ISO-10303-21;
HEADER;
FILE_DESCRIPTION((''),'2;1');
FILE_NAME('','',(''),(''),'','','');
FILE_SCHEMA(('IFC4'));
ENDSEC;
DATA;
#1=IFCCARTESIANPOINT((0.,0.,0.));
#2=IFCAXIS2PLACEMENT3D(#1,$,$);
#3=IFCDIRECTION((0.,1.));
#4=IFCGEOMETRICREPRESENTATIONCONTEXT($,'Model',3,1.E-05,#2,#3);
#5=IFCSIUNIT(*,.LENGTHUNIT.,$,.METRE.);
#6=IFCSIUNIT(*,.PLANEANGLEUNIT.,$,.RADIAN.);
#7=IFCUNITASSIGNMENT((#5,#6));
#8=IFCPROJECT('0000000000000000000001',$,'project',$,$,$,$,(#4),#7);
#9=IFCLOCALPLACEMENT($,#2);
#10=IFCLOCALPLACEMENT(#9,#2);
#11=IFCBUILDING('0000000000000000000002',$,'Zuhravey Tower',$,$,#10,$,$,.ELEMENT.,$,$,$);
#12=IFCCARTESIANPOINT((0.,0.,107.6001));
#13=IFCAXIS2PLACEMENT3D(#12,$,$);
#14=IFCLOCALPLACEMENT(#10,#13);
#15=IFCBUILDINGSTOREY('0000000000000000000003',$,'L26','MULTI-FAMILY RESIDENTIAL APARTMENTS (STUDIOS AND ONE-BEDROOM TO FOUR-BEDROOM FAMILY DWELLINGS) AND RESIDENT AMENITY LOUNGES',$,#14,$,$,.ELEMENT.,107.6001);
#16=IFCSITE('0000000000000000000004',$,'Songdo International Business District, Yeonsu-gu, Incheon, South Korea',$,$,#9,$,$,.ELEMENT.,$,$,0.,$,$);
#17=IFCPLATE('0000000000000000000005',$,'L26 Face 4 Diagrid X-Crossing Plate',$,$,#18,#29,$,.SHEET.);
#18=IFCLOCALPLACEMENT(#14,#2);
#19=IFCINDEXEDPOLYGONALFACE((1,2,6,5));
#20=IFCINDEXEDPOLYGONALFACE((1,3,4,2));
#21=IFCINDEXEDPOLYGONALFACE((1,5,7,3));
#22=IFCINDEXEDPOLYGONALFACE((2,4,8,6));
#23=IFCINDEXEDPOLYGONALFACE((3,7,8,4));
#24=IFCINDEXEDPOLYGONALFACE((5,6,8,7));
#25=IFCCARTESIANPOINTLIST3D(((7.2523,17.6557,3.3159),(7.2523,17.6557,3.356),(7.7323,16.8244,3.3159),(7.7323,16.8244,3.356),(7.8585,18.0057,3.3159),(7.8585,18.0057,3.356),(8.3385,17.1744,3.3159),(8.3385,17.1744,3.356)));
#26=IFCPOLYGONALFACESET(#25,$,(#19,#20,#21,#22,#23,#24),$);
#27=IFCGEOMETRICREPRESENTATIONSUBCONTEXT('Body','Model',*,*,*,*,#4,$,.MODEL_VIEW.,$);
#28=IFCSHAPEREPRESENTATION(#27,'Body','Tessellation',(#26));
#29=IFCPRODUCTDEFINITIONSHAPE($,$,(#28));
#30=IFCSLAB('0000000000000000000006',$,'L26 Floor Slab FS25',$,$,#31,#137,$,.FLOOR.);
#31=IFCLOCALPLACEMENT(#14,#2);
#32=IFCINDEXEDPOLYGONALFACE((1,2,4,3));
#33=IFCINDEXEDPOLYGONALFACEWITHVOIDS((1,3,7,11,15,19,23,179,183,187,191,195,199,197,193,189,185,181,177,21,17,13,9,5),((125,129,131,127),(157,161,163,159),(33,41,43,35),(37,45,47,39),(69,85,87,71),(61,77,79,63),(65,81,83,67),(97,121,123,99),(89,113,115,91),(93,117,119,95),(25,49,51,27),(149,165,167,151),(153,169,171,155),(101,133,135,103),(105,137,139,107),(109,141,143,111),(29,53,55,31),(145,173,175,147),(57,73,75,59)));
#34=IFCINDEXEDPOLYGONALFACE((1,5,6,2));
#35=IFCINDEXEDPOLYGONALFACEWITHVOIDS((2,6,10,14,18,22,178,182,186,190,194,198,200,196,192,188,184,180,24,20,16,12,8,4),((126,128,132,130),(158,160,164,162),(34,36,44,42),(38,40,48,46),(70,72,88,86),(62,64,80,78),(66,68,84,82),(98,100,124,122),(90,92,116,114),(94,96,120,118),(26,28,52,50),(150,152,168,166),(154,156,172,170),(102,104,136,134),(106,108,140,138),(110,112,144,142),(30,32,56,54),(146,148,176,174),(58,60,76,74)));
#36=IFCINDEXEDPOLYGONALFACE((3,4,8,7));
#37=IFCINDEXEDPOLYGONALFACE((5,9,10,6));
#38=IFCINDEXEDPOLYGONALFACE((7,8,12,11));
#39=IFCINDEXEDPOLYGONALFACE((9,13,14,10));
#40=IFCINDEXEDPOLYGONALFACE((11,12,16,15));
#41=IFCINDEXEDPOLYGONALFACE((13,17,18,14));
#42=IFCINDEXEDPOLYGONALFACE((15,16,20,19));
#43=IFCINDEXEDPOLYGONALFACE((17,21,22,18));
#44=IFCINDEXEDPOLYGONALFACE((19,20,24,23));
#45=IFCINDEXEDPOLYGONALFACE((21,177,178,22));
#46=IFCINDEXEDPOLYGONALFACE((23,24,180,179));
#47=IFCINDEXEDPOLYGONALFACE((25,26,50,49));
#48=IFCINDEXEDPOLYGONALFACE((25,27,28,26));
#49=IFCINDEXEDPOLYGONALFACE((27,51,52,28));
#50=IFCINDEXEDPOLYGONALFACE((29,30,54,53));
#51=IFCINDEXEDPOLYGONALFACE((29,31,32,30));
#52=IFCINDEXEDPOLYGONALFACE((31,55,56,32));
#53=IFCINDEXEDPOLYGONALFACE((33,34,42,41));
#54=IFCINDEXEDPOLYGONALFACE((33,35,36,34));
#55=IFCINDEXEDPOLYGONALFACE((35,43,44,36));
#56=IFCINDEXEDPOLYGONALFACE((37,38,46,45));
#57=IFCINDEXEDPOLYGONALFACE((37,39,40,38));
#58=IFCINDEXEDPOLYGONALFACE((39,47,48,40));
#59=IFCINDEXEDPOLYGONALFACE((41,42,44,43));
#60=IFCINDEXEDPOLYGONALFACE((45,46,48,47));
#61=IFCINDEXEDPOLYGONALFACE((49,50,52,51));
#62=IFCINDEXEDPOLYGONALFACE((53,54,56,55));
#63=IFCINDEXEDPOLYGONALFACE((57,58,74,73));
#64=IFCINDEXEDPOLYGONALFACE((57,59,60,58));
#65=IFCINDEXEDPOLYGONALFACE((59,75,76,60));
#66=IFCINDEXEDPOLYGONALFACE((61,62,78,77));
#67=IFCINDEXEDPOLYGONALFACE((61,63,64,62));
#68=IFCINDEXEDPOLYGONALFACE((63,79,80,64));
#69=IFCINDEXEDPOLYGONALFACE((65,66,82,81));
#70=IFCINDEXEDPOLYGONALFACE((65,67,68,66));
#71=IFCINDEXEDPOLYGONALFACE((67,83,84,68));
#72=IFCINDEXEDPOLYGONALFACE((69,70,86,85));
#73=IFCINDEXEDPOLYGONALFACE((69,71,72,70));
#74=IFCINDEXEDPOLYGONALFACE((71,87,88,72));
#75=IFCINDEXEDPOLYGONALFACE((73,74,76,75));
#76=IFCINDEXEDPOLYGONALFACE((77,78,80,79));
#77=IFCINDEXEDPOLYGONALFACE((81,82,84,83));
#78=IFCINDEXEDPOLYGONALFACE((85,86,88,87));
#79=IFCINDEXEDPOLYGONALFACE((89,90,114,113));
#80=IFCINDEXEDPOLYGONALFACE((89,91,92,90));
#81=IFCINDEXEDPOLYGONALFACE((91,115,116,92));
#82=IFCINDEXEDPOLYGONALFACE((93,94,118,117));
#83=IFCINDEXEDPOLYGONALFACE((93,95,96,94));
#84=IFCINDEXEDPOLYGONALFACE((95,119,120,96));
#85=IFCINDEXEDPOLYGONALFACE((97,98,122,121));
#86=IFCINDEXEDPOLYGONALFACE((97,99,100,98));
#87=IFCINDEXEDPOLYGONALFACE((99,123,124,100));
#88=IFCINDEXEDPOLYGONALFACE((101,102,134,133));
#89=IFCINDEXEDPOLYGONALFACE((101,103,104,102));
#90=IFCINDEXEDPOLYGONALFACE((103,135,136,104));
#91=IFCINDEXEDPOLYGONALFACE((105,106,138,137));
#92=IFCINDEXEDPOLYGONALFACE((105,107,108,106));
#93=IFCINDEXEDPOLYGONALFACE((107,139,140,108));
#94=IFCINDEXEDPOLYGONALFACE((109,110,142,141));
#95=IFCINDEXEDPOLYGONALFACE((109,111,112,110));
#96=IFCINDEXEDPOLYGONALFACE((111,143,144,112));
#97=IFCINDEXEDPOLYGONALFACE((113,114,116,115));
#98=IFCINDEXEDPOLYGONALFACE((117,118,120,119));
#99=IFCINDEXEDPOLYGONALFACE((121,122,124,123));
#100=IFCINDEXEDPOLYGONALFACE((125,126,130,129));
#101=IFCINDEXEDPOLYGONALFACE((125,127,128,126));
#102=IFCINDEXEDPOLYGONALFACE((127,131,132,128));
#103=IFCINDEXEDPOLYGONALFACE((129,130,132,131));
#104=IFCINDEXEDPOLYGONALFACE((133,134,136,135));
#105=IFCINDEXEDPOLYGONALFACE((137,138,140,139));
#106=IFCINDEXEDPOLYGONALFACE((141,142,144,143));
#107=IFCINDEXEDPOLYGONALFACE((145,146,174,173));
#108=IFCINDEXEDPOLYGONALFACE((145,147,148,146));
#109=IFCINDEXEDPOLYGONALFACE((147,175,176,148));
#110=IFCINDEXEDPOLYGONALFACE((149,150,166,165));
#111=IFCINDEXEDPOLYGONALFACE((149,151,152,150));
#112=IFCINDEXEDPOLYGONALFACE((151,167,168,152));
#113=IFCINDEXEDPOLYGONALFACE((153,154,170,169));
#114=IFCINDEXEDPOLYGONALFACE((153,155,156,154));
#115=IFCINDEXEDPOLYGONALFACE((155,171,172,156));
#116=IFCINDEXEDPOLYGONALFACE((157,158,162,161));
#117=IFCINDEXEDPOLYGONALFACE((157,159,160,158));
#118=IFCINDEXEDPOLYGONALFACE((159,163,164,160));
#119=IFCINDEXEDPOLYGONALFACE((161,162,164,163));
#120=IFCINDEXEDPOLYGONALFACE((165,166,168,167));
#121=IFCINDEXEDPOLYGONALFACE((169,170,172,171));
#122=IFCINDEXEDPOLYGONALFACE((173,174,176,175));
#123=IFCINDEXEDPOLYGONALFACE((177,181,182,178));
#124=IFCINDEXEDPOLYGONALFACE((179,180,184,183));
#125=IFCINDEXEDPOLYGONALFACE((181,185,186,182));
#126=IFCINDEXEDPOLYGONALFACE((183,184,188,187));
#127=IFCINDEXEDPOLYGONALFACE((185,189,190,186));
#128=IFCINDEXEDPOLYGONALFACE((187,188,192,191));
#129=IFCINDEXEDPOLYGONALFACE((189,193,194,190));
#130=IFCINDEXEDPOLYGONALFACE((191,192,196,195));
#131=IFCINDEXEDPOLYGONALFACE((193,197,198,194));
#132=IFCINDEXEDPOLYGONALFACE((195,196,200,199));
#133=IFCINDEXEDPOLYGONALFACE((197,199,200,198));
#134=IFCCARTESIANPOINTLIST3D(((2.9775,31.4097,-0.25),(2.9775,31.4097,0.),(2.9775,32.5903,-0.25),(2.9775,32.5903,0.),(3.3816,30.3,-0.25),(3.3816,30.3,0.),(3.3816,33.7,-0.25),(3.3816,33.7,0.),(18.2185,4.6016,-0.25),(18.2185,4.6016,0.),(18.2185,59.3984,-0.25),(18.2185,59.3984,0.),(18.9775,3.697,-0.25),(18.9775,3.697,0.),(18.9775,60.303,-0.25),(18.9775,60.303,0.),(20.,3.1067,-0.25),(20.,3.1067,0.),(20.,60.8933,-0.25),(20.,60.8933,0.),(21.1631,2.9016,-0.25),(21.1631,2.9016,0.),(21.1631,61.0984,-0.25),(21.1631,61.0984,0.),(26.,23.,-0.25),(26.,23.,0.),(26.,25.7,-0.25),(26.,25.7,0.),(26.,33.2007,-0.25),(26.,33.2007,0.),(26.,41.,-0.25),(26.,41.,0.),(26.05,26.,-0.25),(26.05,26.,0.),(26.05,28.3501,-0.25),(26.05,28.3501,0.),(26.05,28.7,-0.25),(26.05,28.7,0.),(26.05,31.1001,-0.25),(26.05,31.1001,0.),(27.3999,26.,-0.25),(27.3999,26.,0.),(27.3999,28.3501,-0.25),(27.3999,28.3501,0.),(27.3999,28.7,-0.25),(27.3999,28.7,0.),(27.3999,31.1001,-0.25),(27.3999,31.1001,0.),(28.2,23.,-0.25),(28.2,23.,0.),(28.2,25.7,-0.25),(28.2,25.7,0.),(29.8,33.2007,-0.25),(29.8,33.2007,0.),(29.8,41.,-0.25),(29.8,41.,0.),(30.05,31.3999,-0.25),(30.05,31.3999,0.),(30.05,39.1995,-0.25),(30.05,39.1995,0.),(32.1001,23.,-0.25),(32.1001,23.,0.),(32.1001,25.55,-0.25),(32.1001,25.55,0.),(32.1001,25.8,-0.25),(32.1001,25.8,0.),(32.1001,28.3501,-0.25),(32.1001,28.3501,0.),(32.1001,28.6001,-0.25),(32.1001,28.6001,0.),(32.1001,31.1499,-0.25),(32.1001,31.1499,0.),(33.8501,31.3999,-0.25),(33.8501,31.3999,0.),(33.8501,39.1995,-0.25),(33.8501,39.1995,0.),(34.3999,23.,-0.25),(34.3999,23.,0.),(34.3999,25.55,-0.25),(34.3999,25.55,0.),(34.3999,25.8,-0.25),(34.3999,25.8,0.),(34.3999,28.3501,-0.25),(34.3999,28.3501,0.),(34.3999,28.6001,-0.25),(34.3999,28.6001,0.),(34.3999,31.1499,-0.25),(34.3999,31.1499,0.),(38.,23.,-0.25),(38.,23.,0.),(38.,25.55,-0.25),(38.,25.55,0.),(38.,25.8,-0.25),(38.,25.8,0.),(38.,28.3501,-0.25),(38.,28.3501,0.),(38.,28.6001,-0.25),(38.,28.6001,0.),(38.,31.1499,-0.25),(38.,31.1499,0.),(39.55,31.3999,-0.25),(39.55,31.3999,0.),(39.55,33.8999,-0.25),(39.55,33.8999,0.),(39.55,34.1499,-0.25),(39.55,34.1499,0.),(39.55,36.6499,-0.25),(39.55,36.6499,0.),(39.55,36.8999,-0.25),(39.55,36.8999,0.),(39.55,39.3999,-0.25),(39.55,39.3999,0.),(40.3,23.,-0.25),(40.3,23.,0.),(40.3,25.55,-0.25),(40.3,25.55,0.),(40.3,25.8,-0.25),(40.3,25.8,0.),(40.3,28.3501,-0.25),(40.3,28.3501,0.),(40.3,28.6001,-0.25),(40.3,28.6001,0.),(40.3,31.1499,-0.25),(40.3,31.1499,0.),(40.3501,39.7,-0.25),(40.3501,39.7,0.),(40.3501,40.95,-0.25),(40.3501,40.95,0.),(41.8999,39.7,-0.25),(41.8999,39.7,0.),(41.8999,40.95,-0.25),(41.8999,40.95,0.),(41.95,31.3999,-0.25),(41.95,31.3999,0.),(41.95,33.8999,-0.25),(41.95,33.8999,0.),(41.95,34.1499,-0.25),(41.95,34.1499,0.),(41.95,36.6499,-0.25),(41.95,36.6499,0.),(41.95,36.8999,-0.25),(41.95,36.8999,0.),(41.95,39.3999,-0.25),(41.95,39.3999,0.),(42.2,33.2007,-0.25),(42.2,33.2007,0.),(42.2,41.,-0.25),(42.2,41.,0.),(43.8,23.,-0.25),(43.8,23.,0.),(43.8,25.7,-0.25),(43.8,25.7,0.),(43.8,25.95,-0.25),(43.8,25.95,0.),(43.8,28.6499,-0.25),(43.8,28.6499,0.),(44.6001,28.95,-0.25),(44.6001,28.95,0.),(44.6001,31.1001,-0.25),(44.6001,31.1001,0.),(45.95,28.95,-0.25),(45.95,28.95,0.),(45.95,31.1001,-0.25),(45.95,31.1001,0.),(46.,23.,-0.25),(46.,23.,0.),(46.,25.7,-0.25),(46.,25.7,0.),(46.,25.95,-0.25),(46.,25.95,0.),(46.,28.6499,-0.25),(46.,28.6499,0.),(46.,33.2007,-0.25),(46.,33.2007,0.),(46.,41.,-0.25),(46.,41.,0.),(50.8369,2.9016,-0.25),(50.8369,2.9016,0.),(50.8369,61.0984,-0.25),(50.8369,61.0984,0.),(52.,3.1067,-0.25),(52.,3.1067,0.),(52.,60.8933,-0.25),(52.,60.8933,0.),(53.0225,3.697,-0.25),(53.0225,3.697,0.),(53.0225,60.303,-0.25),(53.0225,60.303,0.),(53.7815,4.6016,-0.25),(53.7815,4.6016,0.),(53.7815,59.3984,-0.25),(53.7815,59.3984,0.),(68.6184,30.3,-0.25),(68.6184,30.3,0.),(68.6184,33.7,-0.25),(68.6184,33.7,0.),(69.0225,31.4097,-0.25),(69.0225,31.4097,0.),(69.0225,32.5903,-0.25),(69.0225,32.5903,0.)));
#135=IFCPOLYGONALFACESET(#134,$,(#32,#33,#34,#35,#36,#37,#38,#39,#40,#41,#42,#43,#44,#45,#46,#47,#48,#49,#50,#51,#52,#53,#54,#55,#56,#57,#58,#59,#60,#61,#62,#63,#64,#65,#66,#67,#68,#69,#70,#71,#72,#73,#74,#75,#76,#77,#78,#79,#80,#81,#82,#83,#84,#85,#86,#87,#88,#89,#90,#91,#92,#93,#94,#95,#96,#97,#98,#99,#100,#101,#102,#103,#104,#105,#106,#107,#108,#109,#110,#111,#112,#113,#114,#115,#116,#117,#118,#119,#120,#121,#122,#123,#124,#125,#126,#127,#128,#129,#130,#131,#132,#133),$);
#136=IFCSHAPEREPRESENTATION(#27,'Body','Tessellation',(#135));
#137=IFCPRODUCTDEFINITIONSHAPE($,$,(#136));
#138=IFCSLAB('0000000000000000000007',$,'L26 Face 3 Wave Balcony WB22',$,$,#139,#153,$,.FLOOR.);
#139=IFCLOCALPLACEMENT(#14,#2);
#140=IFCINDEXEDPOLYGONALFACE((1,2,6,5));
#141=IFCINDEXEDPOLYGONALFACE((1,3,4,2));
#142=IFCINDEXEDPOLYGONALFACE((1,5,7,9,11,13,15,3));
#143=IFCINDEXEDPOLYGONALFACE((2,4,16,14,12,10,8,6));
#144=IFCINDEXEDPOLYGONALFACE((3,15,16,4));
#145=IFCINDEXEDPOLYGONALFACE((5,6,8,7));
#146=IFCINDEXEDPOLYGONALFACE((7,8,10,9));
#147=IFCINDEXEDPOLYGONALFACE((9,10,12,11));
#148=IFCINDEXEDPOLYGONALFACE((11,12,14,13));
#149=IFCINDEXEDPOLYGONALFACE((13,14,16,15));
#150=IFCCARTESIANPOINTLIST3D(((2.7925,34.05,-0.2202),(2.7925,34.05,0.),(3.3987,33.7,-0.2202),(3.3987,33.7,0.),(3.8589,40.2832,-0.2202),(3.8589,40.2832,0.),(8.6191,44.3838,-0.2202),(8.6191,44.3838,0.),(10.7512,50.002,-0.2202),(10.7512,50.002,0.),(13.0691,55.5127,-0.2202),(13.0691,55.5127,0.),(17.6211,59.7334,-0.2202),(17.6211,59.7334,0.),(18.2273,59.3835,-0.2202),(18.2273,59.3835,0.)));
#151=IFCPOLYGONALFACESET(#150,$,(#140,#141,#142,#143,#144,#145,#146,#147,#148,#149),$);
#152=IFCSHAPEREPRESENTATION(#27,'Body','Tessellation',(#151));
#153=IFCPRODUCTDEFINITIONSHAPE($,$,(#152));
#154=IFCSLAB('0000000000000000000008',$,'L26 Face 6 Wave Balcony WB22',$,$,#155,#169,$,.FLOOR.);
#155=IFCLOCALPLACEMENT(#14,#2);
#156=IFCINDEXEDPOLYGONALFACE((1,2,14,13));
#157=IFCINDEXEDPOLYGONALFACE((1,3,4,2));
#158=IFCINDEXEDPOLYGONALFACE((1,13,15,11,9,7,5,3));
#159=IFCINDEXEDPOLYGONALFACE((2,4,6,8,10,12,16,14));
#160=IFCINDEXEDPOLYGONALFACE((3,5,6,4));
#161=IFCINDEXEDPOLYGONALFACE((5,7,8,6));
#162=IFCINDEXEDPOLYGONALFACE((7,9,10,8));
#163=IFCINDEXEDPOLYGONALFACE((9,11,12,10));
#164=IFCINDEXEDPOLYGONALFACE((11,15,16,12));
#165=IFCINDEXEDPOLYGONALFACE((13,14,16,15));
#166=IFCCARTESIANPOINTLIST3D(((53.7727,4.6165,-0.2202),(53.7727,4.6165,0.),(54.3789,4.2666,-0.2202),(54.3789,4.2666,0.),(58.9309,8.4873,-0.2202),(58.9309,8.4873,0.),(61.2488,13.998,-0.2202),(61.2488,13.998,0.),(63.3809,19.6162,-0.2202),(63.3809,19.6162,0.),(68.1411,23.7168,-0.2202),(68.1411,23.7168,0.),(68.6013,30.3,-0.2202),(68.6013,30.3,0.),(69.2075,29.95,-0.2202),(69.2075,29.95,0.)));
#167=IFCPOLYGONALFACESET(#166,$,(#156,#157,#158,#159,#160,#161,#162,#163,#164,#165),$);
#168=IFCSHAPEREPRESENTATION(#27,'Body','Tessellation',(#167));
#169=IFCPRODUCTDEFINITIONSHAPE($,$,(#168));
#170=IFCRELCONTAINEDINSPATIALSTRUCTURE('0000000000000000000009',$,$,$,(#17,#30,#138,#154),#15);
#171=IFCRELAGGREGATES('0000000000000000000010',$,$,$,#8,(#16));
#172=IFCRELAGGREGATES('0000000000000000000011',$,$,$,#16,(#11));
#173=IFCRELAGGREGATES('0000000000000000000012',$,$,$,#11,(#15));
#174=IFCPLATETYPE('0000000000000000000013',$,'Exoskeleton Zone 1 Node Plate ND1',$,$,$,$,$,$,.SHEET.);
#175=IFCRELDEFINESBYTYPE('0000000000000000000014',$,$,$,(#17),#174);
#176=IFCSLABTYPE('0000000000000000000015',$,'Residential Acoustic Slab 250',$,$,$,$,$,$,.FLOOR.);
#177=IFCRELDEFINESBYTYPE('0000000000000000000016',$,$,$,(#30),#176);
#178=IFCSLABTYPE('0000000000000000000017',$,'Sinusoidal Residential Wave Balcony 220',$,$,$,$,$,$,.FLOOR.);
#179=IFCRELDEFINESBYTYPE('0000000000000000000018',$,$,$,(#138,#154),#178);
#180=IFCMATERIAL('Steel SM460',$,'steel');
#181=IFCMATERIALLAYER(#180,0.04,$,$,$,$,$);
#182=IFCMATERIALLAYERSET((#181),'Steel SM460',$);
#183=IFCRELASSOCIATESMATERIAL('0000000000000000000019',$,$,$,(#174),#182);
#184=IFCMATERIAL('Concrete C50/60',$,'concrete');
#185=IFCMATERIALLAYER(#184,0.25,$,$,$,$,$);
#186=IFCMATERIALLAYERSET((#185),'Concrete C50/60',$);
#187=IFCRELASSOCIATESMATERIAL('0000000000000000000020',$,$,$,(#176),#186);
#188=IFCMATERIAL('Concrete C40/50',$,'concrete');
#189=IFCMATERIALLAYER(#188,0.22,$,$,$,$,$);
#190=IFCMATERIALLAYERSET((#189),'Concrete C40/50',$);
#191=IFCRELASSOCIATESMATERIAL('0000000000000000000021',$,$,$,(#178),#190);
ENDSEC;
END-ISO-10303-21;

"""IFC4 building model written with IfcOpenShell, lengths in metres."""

from ifc_helpers import new_model, si_unit, direction, frame, origin, origin_2d, place, context, subcontext, project, spatial, polyline, rectangle, outline, extrude, material, layer, layer_set, type_object, element, save


model = new_model("IFC4")

# Units and contexts
model_context = context("Model", 3, precision=1e-05, world=origin(), true_north=direction((0.0, 1.0)))
body_context = subcontext(model_context, "Body", "Model", "MODEL_VIEW")
ifc_project = project(units=[si_unit("LENGTHUNIT", "METRE"), si_unit("PLANEANGLEUNIT", "RADIAN")], contexts=[model_context])

# Site, building, storey
site_placement = place(None, origin())
site = spatial("IfcSite", under=ifc_project, at=site_placement, Name="Songdo International Business District, Yeonsu-gu, Incheon, South Korea", CompositionType="ELEMENT", RefElevation=0.0)
building_placement = place(site_placement, origin())
building = spatial("IfcBuilding", under=site, at=building_placement, Name="Zuhravey Tower", CompositionType="ELEMENT")
storey_placement = place(building_placement, frame((0.0, 0.0, 107.6001)))
storey = spatial("IfcBuildingStorey", under=building, at=storey_placement, Name="L26", Description="MULTI-FAMILY RESIDENTIAL APARTMENTS (STUDIOS AND ONE-BEDROOM TO FOUR-BEDROOM FAMILY DWELLINGS) AND RESIDENT AMENITY LOUNGES", CompositionType="ELEMENT", Elevation=107.6001)

# Shared definitions
ifc_material_1 = material(Name="Steel SM460", Category="steel")

# Plate
ifc_layer_1 = layer(ifc_material_1, 0.04)
ifc_layer_set_1 = layer_set([ifc_layer_1], Name="Steel SM460")
plate_type_1 = type_object("IfcPlateType", Name="Exoskeleton Zone 1 Node Plate ND1", PredefinedType="SHEET", material=ifc_layer_set_1)
for number, where, z_axis, x_axis, name in (
    (1, (7.7954, 17.415, 3.3159), (0.0, 0.0, 1.0), (0.5, -0.866025, 0.0), "L26 Face 4 Diagrid X-Crossing Plate"),
):
    element("IfcPlate", number, at=place(storey_placement, frame(where, z_axis=z_axis, x_axis=x_axis)), inside=storey, type_object=plate_type_1, Name=name, PredefinedType="SHEET", context=body_context, shape_type="SweptSolid", body=[
        extrude(rectangle(XDim=0.96, YDim=0.7, at=origin_2d()), origin(), (0.0, 0.0, 1.0), 0.04),
    ])

# Slabs
ifc_material_2 = material(Name="Concrete C50/60", Category="concrete")
ifc_layer_2 = layer(ifc_material_2, 0.25)
ifc_layer_set_2 = layer_set([ifc_layer_2], Name="Concrete C50/60")
slab_type_1 = type_object("IfcSlabType", Name="Residential Acoustic Slab 250", PredefinedType="FLOOR", material=ifc_layer_set_2)
slab_1_placement = place(storey_placement, frame((0.0, 0.0, -0.25)))
element("IfcSlab", 2, at=slab_1_placement, inside=storey, type_object=slab_type_1, Name="L26 Floor Slab FS25", PredefinedType="FLOOR", context=body_context, shape_type="SweptSolid", body=[
    extrude(outline(polyline([(68.6184, 30.3), (69.0225, 31.4097), (69.0225, 32.5903), (68.6184, 33.7), (53.7815, 59.3984), (53.0225, 60.303), (52.0, 60.8933), (50.8369, 61.0984), (21.1631, 61.0984), (20.0, 60.8933), (18.9775, 60.303), (18.2185, 59.3984), (3.3816, 33.7), (2.9775, 32.5903), (2.9775, 31.4097), (3.3816, 30.3), (18.2185, 4.6016), (18.9775, 3.697), (20.0, 3.1067), (21.1631, 2.9016), (50.8369, 2.9016), (52.0, 3.1067), (53.0225, 3.697), (53.7815, 4.6016), (68.6184, 30.3)]), holes=[polyline([(29.8, 33.2007), (29.8, 41.0), (26.0, 41.0), (26.0, 33.2007), (29.8, 33.2007)]), polyline([(46.0, 33.2007), (46.0, 41.0), (42.2, 41.0), (42.2, 33.2007), (46.0, 33.2007)]), polyline([(30.05, 39.1995), (30.05, 31.3999), (33.8501, 31.3999), (33.8501, 39.1995), (30.05, 39.1995)]), polyline([(32.1001, 23.0), (34.3999, 23.0), (34.3999, 25.55), (32.1001, 25.55), (32.1001, 23.0)]), polyline([(32.1001, 25.8), (34.3999, 25.8), (34.3999, 28.3501), (32.1001, 28.3501), (32.1001, 25.8)]), polyline([(32.1001, 28.6001), (34.3999, 28.6001), (34.3999, 31.1499), (32.1001, 31.1499), (32.1001, 28.6001)]), polyline([(38.0, 23.0), (40.3, 23.0), (40.3, 25.55), (38.0, 25.55), (38.0, 23.0)]), polyline([(38.0, 25.8), (40.3, 25.8), (40.3, 28.3501), (38.0, 28.3501), (38.0, 25.8)]), polyline([(38.0, 28.6001), (40.3, 28.6001), (40.3, 31.1499), (38.0, 31.1499), (38.0, 28.6001)]), polyline([(39.55, 31.3999), (41.95, 31.3999), (41.95, 33.8999), (39.55, 33.8999), (39.55, 31.3999)]), polyline([(39.55, 34.1499), (41.95, 34.1499), (41.95, 36.6499), (39.55, 36.6499), (39.55, 34.1499)]), polyline([(39.55, 36.8999), (41.95, 36.8999), (41.95, 39.3999), (39.55, 39.3999), (39.55, 36.8999)]), polyline([(26.0, 23.0), (28.2, 23.0), (28.2, 25.7), (26.0, 25.7), (26.0, 23.0)]), polyline([(43.8, 23.0), (46.0, 23.0), (46.0, 25.7), (43.8, 25.7), (43.8, 23.0)]), polyline([(43.8, 25.95), (46.0, 25.95), (46.0, 28.6499), (43.8, 28.6499), (43.8, 25.95)]), polyline([(26.05, 26.0), (27.3999, 26.0), (27.3999, 28.3501), (26.05, 28.3501), (26.05, 26.0)]), polyline([(26.05, 28.7), (27.3999, 28.7), (27.3999, 31.1001), (26.05, 31.1001), (26.05, 28.7)]), polyline([(44.6001, 28.95), (45.95, 28.95), (45.95, 31.1001), (44.6001, 31.1001), (44.6001, 28.95)]), polyline([(40.3501, 39.7), (41.8999, 39.7), (41.8999, 40.95), (40.3501, 40.95), (40.3501, 39.7)])]), origin(), (0.0, 0.0, 1.0), 0.25),
])
ifc_material_3 = material(Name="Concrete C40/50", Category="concrete")
ifc_layer_3 = layer(ifc_material_3, 0.22)
ifc_layer_set_3 = layer_set([ifc_layer_3], Name="Concrete C40/50")
slab_type_2 = type_object("IfcSlabType", Name="Sinusoidal Residential Wave Balcony 220", PredefinedType="FLOOR", material=ifc_layer_set_3)
slab_2_placement = place(storey_placement, frame((0.0, 0.0, -0.2202)))
element("IfcSlab", 3, at=slab_2_placement, inside=storey, type_object=slab_type_2, Name="L26 Face 3 Wave Balcony WB22", PredefinedType="FLOOR", context=body_context, shape_type="SweptSolid", body=[
    extrude(outline(polyline([(18.2273, 59.3835), (3.3987, 33.7), (2.7925, 34.05), (3.8589, 40.2832), (8.6191, 44.3838), (10.7512, 50.002), (13.0691, 55.5127), (17.6211, 59.7334), (18.2273, 59.3835)])), origin(), (0.0, 0.0, 1.0), 0.2202),
])
slab_3_placement = place(storey_placement, frame((0.0, 0.0, -0.2202)))
element("IfcSlab", 4, at=slab_3_placement, inside=storey, type_object=slab_type_2, Name="L26 Face 6 Wave Balcony WB22", PredefinedType="FLOOR", context=body_context, shape_type="SweptSolid", body=[
    extrude(outline(polyline([(53.7727, 4.6165), (68.6013, 30.3), (69.2075, 29.95), (68.1411, 23.7168), (63.3809, 19.6162), (61.2488, 13.998), (58.9309, 8.4873), (54.3789, 4.2666), (53.7727, 4.6165)])), origin(), (0.0, 0.0, 1.0), 0.2202),
])

save(model, "model.ifc")
